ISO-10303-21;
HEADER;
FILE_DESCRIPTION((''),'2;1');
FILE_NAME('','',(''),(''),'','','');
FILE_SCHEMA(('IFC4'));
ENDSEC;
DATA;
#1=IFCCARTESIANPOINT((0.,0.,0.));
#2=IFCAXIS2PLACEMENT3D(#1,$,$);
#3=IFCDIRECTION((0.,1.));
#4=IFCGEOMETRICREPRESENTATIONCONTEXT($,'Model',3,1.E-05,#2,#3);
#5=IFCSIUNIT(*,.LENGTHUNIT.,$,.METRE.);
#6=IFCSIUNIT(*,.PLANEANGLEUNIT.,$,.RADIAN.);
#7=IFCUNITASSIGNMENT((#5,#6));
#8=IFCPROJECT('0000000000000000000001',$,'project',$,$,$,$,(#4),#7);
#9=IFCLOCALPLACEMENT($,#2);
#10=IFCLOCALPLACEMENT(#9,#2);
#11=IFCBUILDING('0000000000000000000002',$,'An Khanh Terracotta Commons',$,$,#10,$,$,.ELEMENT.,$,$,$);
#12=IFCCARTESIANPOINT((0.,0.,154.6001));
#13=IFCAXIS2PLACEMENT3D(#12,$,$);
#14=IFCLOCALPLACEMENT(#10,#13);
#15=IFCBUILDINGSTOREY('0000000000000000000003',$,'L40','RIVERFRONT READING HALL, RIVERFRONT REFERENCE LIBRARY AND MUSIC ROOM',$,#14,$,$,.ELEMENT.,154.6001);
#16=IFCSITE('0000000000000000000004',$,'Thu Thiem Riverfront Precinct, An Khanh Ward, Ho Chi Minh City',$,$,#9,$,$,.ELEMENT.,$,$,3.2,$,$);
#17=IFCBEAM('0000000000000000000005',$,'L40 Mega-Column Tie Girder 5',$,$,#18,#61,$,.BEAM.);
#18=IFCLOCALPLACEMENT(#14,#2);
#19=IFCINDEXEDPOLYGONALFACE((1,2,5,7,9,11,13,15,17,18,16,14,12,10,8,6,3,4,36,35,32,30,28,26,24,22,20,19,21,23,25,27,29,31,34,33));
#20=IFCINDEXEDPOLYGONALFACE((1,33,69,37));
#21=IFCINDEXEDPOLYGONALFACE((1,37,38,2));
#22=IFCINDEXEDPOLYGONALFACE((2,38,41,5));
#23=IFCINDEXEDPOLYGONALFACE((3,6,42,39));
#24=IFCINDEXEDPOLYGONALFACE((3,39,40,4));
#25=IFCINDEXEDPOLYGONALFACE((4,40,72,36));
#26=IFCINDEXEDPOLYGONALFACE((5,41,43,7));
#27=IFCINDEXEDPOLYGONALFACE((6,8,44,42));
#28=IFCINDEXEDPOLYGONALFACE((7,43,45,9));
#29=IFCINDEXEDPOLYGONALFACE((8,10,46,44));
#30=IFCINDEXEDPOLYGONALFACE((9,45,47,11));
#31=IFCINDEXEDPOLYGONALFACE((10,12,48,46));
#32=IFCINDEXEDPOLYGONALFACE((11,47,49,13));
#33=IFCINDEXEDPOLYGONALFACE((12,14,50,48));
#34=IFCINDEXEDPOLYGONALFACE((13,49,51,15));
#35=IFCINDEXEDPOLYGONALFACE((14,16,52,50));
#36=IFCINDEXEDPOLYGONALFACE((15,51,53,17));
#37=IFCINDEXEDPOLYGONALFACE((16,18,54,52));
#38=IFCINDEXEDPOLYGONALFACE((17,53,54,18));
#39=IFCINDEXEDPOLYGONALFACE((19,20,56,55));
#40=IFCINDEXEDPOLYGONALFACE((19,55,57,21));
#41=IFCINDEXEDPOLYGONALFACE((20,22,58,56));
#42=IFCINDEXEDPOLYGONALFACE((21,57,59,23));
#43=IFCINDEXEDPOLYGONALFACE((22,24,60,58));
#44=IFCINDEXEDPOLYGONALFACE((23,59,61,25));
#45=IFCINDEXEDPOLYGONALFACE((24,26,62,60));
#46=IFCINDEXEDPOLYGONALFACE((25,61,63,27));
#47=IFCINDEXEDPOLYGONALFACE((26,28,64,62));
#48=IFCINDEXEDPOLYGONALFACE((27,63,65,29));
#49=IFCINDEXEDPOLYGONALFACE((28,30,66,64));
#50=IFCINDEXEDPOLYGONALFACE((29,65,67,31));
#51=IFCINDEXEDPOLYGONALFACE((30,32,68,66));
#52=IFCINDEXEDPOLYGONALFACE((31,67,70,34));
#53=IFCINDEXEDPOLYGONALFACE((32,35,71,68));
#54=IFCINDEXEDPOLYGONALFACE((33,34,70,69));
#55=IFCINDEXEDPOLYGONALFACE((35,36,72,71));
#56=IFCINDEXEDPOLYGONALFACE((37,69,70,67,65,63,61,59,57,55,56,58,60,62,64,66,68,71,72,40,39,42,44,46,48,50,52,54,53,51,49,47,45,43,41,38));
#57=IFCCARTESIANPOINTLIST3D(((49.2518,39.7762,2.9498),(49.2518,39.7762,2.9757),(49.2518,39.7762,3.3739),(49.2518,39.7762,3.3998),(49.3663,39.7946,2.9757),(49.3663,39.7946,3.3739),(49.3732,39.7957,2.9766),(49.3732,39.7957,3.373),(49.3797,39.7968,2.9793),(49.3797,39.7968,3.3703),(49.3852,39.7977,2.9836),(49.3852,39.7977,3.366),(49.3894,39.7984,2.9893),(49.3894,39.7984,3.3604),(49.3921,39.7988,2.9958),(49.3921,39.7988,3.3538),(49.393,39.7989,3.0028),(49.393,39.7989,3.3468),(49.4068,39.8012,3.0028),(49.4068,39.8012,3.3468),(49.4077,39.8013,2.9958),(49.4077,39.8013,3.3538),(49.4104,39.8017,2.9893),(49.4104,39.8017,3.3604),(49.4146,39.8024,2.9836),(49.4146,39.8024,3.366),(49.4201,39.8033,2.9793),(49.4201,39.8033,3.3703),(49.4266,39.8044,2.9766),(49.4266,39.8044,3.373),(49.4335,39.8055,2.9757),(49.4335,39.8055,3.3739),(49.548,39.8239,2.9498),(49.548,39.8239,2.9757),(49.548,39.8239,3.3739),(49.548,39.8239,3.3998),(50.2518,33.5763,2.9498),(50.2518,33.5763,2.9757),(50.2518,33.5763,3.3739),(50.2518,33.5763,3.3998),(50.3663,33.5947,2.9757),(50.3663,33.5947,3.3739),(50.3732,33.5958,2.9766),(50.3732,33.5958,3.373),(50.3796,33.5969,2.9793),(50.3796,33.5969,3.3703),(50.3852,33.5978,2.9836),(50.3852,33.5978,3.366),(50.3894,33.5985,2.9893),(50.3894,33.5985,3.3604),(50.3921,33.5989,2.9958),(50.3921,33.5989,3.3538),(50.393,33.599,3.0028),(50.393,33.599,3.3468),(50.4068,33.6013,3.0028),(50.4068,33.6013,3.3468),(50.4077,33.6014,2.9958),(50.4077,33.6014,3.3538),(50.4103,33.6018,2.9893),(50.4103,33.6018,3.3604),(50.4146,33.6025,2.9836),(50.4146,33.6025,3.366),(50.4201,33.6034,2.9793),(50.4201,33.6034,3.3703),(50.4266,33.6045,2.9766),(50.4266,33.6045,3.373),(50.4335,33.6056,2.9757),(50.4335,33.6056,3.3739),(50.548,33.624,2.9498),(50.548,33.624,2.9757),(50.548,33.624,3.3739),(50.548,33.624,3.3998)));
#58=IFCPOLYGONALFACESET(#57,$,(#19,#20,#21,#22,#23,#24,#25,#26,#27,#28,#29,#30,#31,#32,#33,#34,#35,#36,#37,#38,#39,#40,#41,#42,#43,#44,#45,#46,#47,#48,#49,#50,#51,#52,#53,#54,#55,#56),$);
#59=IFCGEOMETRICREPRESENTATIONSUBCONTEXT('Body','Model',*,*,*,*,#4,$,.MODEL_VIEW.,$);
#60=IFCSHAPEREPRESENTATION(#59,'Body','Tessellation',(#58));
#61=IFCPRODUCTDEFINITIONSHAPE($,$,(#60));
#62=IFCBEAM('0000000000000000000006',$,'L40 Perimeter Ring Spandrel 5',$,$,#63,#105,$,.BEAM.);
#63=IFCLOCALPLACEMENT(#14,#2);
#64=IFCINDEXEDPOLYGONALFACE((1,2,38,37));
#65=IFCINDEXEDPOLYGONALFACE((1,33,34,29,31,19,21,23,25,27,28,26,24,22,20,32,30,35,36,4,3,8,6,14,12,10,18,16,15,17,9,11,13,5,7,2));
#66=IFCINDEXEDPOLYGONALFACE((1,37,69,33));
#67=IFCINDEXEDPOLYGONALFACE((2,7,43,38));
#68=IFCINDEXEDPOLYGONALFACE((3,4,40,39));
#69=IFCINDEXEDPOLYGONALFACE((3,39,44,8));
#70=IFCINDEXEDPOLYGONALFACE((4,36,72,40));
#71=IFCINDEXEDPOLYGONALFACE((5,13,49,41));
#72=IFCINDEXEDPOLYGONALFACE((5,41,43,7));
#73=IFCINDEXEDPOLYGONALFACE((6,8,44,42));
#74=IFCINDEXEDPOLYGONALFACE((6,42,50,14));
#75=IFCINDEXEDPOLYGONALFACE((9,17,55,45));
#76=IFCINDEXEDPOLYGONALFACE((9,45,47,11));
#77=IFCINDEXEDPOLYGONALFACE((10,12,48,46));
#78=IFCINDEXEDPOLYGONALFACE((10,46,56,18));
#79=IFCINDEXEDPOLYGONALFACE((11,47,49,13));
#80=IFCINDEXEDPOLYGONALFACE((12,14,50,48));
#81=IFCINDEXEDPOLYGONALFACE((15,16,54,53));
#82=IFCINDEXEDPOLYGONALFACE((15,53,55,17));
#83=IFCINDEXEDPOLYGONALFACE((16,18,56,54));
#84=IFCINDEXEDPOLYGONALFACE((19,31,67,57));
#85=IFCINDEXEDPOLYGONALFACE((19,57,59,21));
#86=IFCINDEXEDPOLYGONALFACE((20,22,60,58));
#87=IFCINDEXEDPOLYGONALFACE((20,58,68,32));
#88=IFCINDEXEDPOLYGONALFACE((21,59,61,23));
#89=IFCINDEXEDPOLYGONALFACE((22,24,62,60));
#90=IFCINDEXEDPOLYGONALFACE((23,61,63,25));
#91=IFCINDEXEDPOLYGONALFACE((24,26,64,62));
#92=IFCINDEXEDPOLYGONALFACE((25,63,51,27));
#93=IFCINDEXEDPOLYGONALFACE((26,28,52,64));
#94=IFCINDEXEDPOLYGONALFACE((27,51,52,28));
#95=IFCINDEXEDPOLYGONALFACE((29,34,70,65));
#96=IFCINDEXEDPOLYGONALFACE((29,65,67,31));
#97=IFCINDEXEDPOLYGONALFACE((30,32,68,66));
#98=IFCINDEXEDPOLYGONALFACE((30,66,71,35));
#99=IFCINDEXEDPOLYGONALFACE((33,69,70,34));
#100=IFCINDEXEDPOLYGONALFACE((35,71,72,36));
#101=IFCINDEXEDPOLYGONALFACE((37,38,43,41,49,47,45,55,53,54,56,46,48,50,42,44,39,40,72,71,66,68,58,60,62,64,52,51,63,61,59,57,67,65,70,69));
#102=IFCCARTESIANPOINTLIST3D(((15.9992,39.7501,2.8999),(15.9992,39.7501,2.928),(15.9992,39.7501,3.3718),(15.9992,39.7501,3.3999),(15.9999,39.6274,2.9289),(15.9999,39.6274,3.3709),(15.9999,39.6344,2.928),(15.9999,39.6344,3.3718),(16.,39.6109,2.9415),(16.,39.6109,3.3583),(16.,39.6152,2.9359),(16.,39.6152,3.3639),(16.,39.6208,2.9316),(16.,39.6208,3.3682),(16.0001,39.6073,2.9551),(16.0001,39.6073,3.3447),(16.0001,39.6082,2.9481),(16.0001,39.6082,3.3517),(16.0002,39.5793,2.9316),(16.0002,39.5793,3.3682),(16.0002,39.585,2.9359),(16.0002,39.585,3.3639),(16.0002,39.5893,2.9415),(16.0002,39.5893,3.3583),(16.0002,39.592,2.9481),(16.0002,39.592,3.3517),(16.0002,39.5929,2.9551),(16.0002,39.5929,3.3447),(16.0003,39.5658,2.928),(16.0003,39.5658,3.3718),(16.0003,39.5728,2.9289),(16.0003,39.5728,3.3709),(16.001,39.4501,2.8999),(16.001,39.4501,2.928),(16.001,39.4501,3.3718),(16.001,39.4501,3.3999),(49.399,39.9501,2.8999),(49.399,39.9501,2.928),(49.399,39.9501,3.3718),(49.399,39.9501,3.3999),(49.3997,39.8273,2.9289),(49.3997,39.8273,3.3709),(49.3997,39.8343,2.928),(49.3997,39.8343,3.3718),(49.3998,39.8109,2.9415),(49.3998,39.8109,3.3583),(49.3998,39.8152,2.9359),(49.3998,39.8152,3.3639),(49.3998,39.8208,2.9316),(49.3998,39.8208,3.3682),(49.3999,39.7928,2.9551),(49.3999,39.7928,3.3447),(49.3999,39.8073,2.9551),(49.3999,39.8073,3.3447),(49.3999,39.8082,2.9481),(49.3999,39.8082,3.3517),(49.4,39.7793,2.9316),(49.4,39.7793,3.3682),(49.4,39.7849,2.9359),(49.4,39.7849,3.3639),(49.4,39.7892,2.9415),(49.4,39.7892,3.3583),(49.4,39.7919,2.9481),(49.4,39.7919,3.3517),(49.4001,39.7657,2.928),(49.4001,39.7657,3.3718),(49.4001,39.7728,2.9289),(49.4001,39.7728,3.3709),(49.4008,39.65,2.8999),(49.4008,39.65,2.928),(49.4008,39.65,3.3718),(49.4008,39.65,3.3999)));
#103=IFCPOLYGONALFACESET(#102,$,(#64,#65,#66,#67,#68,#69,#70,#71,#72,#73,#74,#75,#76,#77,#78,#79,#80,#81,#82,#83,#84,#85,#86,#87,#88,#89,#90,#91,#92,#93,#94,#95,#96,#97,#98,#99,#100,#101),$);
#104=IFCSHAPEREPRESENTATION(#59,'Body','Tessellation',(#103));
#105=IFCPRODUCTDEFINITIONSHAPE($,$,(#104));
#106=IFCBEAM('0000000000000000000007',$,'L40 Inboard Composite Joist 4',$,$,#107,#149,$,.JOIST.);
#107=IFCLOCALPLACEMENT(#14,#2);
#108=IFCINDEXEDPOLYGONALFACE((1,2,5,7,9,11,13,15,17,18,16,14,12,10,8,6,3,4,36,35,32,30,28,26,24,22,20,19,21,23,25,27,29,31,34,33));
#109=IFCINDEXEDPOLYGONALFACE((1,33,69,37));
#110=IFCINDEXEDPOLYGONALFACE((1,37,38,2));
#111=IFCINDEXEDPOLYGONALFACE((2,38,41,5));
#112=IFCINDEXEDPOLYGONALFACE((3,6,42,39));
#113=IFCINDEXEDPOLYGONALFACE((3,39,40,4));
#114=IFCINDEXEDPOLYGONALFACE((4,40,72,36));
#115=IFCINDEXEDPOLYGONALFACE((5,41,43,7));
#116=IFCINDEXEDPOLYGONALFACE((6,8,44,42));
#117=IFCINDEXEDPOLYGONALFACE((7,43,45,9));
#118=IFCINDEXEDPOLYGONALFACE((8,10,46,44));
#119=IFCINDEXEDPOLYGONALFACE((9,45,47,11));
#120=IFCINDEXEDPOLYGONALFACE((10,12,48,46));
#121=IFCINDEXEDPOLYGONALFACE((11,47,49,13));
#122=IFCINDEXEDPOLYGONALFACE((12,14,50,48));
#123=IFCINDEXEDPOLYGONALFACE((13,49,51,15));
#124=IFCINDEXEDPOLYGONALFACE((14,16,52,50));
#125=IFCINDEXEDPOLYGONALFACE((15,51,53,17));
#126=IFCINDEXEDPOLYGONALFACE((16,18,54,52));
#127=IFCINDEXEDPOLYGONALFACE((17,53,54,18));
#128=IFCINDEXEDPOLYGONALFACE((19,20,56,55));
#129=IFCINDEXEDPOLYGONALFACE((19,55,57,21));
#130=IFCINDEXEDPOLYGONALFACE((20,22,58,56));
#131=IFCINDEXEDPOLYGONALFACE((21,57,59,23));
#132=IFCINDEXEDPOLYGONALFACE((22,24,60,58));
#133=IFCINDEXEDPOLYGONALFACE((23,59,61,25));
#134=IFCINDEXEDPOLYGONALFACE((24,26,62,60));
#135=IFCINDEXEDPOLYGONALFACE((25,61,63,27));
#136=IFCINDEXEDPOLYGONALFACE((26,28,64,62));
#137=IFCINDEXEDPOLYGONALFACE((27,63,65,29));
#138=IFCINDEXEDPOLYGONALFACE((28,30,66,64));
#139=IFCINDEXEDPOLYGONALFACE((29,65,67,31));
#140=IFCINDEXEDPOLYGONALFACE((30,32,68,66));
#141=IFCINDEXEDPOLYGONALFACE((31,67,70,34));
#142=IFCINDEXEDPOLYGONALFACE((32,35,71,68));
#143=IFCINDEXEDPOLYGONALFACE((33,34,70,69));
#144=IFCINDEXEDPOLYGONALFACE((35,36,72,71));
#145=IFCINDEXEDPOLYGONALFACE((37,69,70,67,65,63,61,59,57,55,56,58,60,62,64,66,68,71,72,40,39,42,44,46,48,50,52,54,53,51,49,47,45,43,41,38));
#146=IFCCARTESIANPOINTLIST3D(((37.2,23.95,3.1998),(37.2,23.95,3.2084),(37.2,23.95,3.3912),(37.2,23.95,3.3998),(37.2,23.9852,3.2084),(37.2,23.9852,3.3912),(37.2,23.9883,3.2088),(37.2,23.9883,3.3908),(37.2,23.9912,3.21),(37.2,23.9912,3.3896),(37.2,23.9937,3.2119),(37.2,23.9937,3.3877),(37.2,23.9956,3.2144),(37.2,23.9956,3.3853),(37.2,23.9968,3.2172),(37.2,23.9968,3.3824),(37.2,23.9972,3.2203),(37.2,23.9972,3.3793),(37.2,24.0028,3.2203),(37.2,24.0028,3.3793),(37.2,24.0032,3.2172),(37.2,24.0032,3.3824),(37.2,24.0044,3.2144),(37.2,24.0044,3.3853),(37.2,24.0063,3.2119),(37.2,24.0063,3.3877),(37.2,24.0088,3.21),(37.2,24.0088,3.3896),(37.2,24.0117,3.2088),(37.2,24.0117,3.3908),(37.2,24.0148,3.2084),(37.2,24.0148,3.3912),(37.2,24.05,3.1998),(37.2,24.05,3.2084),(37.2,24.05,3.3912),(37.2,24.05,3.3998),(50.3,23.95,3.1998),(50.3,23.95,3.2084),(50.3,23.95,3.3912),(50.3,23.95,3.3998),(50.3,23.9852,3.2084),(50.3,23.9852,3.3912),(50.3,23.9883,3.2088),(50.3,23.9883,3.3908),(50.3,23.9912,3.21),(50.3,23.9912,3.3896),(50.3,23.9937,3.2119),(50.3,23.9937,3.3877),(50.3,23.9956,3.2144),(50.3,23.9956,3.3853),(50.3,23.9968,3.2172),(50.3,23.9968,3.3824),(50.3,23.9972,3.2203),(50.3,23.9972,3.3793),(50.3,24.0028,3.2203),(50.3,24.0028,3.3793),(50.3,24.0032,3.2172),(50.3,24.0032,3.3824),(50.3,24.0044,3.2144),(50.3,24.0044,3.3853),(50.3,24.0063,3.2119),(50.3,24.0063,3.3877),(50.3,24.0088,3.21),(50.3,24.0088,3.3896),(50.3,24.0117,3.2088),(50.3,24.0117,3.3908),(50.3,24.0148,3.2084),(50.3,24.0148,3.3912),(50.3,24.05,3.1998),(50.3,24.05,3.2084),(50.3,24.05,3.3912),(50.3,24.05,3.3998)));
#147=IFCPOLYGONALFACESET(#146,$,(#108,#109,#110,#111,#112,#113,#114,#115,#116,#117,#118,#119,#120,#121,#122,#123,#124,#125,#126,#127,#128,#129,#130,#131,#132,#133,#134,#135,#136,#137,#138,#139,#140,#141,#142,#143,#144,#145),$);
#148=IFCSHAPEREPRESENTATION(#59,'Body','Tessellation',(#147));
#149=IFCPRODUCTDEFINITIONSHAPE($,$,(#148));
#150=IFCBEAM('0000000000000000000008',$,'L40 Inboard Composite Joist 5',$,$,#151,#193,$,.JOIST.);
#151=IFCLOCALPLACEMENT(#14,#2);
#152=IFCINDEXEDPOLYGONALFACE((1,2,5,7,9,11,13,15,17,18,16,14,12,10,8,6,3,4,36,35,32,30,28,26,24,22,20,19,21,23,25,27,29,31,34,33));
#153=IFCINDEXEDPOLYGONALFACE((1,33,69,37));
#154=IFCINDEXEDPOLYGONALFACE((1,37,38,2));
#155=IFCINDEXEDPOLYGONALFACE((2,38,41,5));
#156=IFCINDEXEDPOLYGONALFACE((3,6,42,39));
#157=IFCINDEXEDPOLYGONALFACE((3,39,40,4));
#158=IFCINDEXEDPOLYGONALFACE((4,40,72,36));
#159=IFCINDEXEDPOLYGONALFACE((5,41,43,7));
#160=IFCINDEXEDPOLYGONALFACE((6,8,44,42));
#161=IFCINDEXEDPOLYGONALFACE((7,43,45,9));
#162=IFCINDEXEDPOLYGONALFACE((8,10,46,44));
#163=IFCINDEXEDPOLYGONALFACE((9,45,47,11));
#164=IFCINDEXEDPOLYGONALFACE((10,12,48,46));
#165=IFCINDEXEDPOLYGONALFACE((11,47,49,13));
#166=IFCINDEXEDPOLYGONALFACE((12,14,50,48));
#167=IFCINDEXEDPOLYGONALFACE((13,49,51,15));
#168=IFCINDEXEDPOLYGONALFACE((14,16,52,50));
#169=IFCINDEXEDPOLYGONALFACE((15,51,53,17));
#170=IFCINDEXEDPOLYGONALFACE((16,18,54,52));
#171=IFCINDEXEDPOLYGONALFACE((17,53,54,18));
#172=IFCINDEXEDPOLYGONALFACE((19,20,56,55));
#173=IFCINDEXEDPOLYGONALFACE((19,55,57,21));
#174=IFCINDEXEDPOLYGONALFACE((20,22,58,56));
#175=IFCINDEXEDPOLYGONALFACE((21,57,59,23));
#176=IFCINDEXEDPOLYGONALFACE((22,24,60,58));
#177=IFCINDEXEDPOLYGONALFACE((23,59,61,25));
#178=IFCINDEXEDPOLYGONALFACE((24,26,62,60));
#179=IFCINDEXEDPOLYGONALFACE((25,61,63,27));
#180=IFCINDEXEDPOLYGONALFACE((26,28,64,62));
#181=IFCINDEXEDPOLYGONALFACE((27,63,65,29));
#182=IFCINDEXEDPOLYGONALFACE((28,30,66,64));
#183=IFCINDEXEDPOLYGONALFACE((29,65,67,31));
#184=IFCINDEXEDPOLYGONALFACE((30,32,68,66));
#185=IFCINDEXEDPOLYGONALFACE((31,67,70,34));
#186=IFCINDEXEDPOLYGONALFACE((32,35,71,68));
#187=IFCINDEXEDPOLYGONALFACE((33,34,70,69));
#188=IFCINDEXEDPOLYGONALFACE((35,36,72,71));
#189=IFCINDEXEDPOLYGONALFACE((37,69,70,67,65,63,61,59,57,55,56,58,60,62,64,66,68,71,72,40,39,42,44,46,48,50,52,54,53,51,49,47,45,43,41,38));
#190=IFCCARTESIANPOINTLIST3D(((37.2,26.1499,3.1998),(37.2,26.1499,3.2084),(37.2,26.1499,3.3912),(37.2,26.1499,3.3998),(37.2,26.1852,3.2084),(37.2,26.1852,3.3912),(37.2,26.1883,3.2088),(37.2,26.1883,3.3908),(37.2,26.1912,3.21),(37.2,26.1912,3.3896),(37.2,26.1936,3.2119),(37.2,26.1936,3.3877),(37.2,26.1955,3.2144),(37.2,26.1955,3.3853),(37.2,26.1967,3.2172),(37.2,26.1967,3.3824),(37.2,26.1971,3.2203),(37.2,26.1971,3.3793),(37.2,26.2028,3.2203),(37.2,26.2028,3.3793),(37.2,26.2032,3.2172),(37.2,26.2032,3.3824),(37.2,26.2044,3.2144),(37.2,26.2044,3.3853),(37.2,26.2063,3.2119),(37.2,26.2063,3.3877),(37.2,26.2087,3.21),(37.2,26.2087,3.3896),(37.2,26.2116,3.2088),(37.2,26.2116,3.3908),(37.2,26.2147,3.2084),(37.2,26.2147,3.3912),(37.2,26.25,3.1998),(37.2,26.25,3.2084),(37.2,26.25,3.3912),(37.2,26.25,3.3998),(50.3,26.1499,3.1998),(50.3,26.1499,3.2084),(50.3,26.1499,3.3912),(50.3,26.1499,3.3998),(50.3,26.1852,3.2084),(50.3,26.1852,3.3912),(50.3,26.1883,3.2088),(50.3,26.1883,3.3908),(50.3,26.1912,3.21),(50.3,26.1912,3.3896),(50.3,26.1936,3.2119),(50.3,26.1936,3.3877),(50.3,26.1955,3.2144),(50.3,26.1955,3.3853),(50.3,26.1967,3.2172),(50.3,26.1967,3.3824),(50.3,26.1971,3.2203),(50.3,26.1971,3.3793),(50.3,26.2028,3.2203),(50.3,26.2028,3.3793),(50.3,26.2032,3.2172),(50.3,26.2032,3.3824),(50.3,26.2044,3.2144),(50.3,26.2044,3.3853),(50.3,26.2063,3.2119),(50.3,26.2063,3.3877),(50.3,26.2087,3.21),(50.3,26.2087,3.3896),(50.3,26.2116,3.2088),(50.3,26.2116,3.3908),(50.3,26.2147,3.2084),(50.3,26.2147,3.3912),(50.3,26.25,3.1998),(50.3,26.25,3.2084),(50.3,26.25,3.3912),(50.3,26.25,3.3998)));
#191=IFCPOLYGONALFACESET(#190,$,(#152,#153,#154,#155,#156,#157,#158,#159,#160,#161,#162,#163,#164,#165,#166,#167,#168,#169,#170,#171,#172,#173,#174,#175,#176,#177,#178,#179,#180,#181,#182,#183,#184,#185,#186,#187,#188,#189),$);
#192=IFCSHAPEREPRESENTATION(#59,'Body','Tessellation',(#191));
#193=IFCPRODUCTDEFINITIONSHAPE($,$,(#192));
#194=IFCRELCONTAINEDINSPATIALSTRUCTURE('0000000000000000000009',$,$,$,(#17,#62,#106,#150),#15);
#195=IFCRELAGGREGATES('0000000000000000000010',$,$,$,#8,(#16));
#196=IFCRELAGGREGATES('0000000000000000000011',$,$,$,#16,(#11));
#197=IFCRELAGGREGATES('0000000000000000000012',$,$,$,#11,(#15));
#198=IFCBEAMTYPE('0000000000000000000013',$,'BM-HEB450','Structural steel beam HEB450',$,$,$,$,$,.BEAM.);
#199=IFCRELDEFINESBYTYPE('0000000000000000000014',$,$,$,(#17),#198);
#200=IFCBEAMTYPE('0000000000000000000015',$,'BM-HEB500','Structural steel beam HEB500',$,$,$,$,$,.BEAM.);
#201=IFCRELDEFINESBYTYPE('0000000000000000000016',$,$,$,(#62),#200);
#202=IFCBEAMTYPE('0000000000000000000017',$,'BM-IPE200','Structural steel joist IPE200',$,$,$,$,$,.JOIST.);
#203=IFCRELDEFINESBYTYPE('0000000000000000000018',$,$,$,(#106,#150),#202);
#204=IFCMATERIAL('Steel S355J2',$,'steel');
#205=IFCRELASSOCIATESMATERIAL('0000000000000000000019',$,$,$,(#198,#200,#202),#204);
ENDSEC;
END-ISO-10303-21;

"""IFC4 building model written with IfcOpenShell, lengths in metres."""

from ifc_helpers import new_model, si_unit, direction, frame, origin, origin_2d, place, context, subcontext, project, spatial, i_section, extrude, material, material_profile, profile_set, type_object, element, save


model = new_model("IFC4")

# Units and contexts
model_context = context("Model", 3, precision=1e-05, world=origin(), true_north=direction((0.0, 1.0)))
body_context = subcontext(model_context, "Body", "Model", "MODEL_VIEW")
ifc_project = project(units=[si_unit("LENGTHUNIT", "METRE"), si_unit("PLANEANGLEUNIT", "RADIAN")], contexts=[model_context])

# Site, building, storey
site_placement = place(None, origin())
site = spatial("IfcSite", under=ifc_project, at=site_placement, Name="Thu Thiem Riverfront Precinct, An Khanh Ward, Ho Chi Minh City", CompositionType="ELEMENT", RefElevation=3.2)
building_placement = place(site_placement, origin())
building = spatial("IfcBuilding", under=site, at=building_placement, Name="An Khanh Terracotta Commons", CompositionType="ELEMENT")
storey_placement = place(building_placement, frame((0.0, 0.0, 154.6001)))
storey = spatial("IfcBuildingStorey", under=building, at=storey_placement, Name="L40", Description="RIVERFRONT READING HALL, RIVERFRONT REFERENCE LIBRARY AND MUSIC ROOM", CompositionType="ELEMENT", Elevation=154.6001)

# Beams
ifc_material_1 = material(Name="Steel S355J2", Category="steel")
ifc_material_profile_1 = material_profile(ifc_material_1, i_section(OverallWidth=0.3, OverallDepth=0.45, WebThickness=0.0139, FlangeThickness=0.0259, FilletRadius=0.0271, at=origin_2d()), Name="HEB450")
ifc_profile_set_1 = profile_set([ifc_material_profile_1], Name="Steel S355J2")
beam_type_1 = type_object("IfcBeamType", Name="BM-HEB450", Description="Structural steel beam HEB450", PredefinedType="BEAM", material=ifc_profile_set_1)
beam_1_placement = place(storey_placement, frame((49.3999, 39.8, 3.1748), z_axis=(0.159234, -0.987241, 0.0), x_axis=(0.987241, 0.159234, 0.0)))
element("IfcBeam", 1, at=beam_1_placement, inside=storey, type_object=beam_type_1, Name="L40 Mega-Column Tie Girder 5", PredefinedType="BEAM", context=body_context, shape_type="SweptSolid", body=[
    extrude(i_section(OverallWidth=0.3, OverallDepth=0.45, WebThickness=0.0139, FlangeThickness=0.0259, FilletRadius=0.0271, at=origin_2d()), origin(), (0.0, 0.0, 1.0), 6.28),
])
ifc_material_profile_2 = material_profile(ifc_material_1, i_section(OverallWidth=0.3, OverallDepth=0.5, WebThickness=0.0144, FlangeThickness=0.0281, FilletRadius=0.0271, at=origin_2d()), Name="HEB500")
ifc_profile_set_2 = profile_set([ifc_material_profile_2], Name="Steel S355J2")
beam_type_2 = type_object("IfcBeamType", Name="BM-HEB500", Description="Structural steel beam HEB500", PredefinedType="BEAM", material=ifc_profile_set_2)
beam_2_placement = place(storey_placement, frame((49.3999, 39.8, 3.1499), z_axis=(-0.999982, -0.005986, 0.0), x_axis=(0.005986, -0.999982, 0.0)))
element("IfcBeam", 2, at=beam_2_placement, inside=storey, type_object=beam_type_2, Name="L40 Perimeter Ring Spandrel 5", PredefinedType="BEAM", context=body_context, shape_type="SweptSolid", body=[
    extrude(i_section(OverallWidth=0.3, OverallDepth=0.5, WebThickness=0.0144, FlangeThickness=0.0281, FilletRadius=0.0271, at=origin_2d()), origin(), (0.0, 0.0, 1.0), 33.4004),
])
ifc_material_profile_3 = material_profile(ifc_material_1, i_section(OverallWidth=0.1001, OverallDepth=0.2, WebThickness=0.0056, FlangeThickness=0.0085, FilletRadius=0.012, at=origin_2d()), Name="IPE200")
ifc_profile_set_3 = profile_set([ifc_material_profile_3], Name="Steel S355J2")
beam_type_3 = type_object("IfcBeamType", Name="BM-IPE200", Description="Structural steel joist IPE200", PredefinedType="JOIST", material=ifc_profile_set_3)
for number, where, z_axis, x_axis, name in (
    (3, (37.2, 24.0, 3.2998), (1.0, 0.0, 0.0), (0.0, 1.0, 0.0), "L40 Inboard Composite Joist 4"),
    (4, (37.2, 26.2, 3.2998), (1.0, 0.0, 0.0), (0.0, 1.0, 0.0), "L40 Inboard Composite Joist 5"),
):
    element("IfcBeam", number, at=place(storey_placement, frame(where, z_axis=z_axis, x_axis=x_axis)), inside=storey, type_object=beam_type_3, Name=name, PredefinedType="JOIST", context=body_context, shape_type="SweptSolid", body=[
        extrude(i_section(OverallWidth=0.1001, OverallDepth=0.2, WebThickness=0.0056, FlangeThickness=0.0085, FilletRadius=0.012, at=origin_2d()), origin(), (0.0, 0.0, 1.0), 13.1001),
    ])

save(model, "model.ifc")
